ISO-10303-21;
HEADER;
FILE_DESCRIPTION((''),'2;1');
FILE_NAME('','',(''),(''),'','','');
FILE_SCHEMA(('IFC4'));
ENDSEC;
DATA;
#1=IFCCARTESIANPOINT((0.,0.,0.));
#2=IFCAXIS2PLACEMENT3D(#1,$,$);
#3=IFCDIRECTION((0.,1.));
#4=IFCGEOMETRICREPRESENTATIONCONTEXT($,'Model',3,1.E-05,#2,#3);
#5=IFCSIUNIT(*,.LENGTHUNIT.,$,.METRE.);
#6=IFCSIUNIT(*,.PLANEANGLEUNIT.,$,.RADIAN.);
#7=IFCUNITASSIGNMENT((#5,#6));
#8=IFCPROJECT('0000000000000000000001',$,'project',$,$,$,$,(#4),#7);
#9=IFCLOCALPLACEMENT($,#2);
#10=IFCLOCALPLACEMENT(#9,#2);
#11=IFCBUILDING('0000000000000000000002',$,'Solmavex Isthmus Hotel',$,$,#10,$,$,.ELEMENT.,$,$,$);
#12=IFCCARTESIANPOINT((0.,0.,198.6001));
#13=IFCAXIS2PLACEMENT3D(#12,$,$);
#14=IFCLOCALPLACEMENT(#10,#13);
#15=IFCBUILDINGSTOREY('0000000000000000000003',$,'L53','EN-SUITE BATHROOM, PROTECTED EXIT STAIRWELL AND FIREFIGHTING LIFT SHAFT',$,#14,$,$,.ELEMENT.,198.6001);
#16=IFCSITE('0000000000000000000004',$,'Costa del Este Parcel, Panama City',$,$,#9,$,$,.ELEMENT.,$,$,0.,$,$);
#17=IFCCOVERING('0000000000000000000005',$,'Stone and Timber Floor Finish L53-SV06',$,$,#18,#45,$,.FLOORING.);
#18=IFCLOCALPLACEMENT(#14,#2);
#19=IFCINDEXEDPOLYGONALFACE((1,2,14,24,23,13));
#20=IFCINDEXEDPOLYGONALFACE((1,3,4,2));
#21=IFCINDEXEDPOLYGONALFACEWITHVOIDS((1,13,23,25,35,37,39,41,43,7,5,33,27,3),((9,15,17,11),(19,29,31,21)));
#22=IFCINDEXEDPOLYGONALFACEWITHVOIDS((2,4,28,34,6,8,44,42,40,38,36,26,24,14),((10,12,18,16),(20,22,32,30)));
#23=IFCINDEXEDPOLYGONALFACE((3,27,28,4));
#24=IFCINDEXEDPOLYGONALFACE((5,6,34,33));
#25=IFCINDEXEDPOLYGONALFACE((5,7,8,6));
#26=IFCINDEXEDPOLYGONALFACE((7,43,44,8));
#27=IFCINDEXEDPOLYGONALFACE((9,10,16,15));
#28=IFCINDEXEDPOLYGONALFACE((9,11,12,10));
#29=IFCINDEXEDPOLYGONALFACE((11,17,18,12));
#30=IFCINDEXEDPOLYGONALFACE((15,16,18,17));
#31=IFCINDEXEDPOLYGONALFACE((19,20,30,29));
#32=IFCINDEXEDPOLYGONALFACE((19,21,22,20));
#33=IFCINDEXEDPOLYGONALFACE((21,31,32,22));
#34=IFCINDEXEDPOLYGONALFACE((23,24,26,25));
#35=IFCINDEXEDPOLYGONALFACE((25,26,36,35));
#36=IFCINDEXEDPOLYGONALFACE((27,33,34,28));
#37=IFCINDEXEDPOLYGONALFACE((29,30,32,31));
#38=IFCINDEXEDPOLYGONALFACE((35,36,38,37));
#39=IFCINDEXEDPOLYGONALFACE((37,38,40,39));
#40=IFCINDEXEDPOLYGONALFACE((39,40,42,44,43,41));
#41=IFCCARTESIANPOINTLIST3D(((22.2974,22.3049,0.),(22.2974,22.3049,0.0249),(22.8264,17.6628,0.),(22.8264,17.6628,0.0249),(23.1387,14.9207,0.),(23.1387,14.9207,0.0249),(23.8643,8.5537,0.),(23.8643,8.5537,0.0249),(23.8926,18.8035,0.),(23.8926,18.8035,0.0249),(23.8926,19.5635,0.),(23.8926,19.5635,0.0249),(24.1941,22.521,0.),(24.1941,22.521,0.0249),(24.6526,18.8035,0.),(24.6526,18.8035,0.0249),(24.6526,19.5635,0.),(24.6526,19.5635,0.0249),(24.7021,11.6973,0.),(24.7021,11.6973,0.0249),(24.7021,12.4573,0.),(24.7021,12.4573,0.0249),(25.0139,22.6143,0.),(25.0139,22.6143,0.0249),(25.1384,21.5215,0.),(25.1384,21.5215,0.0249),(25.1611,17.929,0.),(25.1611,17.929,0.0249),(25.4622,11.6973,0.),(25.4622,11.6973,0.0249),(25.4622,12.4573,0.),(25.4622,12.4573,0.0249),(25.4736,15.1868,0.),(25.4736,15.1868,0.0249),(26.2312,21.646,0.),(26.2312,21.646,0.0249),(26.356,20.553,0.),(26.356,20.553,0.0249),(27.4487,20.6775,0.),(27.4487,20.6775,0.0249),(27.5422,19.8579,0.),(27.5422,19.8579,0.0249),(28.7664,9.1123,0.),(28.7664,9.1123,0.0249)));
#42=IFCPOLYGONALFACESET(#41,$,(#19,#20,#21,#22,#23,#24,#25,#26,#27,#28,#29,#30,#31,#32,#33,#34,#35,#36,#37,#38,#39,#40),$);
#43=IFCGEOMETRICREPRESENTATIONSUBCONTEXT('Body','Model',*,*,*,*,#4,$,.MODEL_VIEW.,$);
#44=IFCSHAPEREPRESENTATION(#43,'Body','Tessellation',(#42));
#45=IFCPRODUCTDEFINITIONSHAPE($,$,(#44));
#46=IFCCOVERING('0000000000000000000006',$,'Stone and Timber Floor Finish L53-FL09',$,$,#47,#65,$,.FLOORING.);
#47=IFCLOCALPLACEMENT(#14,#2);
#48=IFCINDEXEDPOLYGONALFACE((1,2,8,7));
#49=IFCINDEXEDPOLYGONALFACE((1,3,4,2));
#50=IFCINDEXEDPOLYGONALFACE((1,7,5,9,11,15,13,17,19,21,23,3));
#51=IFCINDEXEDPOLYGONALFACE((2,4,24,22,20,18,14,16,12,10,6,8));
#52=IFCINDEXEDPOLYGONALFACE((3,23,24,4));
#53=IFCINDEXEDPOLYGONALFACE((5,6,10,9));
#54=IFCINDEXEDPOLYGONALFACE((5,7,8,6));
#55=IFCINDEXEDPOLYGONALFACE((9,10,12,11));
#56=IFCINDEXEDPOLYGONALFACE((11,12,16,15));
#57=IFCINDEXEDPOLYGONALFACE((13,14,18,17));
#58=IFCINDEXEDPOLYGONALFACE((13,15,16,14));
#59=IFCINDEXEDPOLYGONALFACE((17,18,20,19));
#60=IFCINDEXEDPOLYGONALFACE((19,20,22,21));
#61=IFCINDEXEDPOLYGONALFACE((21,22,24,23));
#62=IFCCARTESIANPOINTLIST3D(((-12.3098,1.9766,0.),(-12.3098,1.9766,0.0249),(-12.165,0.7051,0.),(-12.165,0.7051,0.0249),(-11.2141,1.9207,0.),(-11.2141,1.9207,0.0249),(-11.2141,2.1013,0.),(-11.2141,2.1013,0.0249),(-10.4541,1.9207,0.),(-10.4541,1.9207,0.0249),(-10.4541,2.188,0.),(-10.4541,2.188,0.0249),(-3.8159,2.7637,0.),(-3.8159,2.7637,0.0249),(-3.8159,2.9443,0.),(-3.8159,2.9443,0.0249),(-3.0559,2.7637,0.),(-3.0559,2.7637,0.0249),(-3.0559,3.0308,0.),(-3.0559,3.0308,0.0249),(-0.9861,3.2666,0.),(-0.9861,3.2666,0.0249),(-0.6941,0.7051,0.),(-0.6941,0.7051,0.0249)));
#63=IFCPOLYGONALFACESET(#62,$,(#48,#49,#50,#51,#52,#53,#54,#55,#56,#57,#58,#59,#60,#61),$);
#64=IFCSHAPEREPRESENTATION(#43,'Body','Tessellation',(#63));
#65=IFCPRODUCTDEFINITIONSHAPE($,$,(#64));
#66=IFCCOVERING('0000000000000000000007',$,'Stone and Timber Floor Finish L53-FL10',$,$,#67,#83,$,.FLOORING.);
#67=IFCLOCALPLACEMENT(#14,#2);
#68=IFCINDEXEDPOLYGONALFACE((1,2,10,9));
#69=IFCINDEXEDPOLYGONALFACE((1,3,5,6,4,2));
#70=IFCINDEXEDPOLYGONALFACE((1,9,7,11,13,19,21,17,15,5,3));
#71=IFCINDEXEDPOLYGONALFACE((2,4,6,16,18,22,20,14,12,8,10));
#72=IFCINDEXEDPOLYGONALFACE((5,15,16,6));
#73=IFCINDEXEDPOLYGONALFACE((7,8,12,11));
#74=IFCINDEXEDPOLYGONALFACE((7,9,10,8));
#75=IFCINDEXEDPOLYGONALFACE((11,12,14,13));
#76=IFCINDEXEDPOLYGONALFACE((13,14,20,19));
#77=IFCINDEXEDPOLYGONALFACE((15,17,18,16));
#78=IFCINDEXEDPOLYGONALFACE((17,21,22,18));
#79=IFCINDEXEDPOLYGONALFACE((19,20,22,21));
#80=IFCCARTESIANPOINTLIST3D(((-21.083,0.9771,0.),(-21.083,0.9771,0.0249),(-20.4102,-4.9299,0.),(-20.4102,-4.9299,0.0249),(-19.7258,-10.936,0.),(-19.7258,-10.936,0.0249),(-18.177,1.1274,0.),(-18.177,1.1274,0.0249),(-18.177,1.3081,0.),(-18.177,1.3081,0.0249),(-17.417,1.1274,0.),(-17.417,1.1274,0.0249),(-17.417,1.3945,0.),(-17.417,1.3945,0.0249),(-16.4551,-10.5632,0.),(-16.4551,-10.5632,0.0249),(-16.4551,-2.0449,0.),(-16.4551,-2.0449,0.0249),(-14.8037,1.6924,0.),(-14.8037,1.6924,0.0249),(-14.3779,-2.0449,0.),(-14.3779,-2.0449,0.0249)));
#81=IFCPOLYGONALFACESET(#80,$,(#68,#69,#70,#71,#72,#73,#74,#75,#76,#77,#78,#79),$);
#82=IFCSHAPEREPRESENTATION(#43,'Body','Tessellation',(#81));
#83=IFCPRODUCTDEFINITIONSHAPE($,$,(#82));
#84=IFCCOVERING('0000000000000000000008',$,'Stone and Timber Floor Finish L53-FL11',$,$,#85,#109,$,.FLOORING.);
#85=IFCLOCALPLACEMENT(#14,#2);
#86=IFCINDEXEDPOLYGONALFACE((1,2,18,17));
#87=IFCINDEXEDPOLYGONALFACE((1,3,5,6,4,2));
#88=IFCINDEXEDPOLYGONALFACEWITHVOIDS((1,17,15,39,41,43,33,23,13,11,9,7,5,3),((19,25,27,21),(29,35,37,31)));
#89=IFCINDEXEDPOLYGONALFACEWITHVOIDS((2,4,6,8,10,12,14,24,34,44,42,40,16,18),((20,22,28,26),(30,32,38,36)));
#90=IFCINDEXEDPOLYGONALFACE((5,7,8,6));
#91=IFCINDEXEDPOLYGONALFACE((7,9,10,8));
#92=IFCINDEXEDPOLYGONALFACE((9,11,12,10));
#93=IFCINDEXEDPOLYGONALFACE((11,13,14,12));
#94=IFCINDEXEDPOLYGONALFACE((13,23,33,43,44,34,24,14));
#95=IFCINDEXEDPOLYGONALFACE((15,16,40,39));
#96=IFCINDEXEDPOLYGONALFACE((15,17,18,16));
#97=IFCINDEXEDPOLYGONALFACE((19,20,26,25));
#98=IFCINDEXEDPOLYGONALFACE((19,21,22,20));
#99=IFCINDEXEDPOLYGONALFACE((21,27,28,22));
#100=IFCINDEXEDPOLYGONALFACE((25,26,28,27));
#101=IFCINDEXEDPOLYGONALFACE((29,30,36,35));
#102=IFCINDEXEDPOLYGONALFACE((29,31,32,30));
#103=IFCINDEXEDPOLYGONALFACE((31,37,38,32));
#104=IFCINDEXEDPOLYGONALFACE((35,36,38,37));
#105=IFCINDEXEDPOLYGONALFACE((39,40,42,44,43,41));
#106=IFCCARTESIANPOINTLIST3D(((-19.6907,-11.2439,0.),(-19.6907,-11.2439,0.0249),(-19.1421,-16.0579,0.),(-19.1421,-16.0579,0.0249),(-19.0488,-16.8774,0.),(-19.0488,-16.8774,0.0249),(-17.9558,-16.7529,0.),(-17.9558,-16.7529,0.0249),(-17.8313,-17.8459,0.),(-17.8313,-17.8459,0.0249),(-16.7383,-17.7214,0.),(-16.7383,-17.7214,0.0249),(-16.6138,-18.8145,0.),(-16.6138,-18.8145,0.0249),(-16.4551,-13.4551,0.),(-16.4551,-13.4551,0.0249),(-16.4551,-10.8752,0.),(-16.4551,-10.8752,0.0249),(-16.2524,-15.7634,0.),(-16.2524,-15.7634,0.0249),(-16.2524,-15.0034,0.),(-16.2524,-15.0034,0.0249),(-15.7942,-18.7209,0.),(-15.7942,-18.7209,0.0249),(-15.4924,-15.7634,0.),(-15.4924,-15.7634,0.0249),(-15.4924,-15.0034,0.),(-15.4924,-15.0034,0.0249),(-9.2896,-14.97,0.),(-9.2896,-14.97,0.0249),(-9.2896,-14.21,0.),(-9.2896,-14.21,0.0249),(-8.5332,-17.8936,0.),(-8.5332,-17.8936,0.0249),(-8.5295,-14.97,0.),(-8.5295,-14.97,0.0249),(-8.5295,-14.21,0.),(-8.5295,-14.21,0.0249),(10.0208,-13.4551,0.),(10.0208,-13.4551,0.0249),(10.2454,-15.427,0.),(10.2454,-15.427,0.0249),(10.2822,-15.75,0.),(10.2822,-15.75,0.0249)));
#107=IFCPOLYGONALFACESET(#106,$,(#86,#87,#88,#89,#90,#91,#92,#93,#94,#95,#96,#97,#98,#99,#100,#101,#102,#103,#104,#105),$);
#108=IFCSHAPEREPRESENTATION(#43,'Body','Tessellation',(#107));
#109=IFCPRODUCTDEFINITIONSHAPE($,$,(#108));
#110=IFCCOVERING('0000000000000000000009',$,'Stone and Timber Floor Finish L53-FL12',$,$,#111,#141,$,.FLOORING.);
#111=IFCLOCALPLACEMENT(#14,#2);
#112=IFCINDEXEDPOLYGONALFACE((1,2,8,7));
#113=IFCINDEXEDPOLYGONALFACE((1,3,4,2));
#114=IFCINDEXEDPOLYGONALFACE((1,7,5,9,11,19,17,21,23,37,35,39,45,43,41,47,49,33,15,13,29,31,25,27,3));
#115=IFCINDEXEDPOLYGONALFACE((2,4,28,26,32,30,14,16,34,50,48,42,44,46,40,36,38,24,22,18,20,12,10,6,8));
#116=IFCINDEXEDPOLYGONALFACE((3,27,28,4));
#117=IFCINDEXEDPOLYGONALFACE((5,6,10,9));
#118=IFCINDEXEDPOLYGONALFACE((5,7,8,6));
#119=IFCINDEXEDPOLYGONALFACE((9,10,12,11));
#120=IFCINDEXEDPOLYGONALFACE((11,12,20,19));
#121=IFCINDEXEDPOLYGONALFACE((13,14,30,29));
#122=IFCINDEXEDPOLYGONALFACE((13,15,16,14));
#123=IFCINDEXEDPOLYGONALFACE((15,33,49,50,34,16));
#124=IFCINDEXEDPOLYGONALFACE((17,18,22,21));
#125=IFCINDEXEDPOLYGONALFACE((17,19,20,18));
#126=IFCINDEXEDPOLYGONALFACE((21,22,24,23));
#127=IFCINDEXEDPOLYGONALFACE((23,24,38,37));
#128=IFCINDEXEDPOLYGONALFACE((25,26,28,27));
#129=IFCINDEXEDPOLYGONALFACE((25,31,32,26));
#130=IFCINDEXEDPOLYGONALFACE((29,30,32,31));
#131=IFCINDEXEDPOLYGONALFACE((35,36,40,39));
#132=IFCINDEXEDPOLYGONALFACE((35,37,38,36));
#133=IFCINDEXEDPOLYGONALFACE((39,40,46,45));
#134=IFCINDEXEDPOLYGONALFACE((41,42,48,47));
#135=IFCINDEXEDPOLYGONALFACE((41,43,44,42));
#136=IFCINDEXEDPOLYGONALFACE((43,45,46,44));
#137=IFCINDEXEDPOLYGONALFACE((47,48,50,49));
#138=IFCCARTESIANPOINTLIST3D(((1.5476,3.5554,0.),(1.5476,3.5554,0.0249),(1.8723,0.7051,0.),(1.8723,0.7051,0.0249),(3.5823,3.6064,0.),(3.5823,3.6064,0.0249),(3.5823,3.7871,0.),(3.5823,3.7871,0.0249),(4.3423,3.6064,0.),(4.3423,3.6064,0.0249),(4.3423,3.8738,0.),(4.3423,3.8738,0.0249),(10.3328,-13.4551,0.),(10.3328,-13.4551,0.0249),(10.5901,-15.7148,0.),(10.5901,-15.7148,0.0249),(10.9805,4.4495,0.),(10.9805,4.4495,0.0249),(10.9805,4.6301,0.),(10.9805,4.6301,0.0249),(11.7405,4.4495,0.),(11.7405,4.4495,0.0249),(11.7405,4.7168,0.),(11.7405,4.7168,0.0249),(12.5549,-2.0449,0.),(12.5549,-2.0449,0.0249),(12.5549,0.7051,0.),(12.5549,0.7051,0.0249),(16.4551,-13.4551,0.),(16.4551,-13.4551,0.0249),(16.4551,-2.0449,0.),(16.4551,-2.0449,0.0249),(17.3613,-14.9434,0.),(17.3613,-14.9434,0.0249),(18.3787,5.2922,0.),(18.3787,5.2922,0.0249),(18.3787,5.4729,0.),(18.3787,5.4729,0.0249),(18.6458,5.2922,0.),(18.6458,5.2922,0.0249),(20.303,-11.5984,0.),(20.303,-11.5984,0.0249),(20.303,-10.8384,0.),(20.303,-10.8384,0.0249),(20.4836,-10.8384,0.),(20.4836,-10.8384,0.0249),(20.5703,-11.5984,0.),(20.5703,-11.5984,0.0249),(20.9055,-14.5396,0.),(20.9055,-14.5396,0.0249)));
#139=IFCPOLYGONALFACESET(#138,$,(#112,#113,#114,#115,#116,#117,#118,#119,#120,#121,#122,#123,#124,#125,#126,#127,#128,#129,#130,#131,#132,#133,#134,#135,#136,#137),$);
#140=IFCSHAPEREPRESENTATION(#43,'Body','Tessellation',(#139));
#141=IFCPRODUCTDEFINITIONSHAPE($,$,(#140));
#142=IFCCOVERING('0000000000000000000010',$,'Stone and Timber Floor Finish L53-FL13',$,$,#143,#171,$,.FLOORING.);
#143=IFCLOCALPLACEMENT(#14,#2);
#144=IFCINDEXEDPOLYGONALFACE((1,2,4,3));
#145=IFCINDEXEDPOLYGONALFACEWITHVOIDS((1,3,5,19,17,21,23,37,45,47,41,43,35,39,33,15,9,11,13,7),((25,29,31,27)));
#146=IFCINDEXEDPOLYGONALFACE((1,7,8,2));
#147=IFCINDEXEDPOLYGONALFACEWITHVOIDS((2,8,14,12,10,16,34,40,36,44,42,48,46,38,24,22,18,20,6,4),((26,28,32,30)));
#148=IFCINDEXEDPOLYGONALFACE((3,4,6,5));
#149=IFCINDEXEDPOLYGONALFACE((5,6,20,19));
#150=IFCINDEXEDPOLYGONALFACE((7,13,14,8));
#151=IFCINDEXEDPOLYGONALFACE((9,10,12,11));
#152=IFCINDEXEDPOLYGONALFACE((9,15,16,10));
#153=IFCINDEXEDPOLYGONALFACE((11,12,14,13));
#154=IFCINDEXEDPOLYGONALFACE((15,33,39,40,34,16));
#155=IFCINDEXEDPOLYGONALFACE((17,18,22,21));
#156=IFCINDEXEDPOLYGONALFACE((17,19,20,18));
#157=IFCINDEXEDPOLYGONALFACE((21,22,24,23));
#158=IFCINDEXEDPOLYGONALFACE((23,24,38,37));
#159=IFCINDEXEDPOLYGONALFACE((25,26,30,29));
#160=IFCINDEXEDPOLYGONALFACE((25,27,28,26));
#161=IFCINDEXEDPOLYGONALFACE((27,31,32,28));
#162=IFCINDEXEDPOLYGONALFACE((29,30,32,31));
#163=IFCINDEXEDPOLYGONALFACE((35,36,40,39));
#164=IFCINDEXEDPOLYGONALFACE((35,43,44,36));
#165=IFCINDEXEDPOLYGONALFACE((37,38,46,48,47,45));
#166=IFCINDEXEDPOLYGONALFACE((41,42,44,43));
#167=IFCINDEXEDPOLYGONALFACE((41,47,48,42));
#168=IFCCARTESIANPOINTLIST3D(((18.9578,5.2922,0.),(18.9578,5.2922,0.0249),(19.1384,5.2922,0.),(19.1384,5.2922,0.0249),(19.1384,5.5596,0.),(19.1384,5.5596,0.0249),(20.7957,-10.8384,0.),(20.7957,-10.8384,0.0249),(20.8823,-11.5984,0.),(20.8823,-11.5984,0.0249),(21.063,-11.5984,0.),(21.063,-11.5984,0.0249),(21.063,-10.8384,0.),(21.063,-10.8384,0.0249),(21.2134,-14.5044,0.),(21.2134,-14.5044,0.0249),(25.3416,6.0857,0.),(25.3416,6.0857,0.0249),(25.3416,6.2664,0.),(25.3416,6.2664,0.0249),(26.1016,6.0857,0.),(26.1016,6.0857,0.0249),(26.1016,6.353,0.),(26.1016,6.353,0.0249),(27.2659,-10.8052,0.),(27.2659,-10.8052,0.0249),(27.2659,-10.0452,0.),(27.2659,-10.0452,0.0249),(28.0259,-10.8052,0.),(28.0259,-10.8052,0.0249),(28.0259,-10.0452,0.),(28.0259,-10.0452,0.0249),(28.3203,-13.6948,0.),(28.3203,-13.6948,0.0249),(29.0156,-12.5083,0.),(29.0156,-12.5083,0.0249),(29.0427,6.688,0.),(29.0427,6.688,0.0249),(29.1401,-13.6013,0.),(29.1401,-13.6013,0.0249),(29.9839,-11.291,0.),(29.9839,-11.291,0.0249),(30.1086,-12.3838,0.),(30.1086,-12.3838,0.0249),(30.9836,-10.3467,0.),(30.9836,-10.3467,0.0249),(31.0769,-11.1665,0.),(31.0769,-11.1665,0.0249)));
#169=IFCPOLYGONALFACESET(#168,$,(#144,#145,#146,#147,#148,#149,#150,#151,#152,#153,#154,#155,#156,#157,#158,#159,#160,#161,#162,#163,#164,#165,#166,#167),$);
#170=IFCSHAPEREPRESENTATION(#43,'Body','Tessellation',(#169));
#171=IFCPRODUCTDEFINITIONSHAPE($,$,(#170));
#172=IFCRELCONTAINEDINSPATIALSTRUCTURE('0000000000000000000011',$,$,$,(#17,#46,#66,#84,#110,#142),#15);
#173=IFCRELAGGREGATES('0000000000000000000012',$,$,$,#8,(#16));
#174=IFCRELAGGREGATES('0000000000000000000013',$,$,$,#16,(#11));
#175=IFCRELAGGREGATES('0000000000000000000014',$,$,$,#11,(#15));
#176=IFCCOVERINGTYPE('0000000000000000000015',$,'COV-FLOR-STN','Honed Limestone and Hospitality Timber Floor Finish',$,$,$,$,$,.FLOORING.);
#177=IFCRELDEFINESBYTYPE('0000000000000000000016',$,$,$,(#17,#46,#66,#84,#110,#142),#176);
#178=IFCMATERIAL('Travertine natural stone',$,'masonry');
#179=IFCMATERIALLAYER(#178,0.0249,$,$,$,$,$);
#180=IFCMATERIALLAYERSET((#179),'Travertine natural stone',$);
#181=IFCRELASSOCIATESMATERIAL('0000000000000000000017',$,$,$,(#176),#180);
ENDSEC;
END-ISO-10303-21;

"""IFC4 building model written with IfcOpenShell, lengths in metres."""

from ifc_helpers import new_model, si_unit, direction, frame, origin, place, context, subcontext, project, spatial, polyline, outline, extrude, material, layer, layer_set, type_object, element, save


model = new_model("IFC4")

# Units and contexts
model_context = context("Model", 3, precision=1e-05, world=origin(), true_north=direction((0.0, 1.0)))
body_context = subcontext(model_context, "Body", "Model", "MODEL_VIEW")
ifc_project = project(units=[si_unit("LENGTHUNIT", "METRE"), si_unit("PLANEANGLEUNIT", "RADIAN")], contexts=[model_context])

# Site, building, storey
site_placement = place(None, origin())
site = spatial("IfcSite", under=ifc_project, at=site_placement, Name="Costa del Este Parcel, Panama City", CompositionType="ELEMENT", RefElevation=0.0)
building_placement = place(site_placement, origin())
building = spatial("IfcBuilding", under=site, at=building_placement, Name="Solmavex Isthmus Hotel", CompositionType="ELEMENT")
storey_placement = place(building_placement, frame((0.0, 0.0, 198.6001)))
storey = spatial("IfcBuildingStorey", under=building, at=storey_placement, Name="L53", Description="EN-SUITE BATHROOM, PROTECTED EXIT STAIRWELL AND FIREFIGHTING LIFT SHAFT", CompositionType="ELEMENT", Elevation=198.6001)

# Coverings
ifc_material_1 = material(Name="Travertine natural stone", Category="masonry")
ifc_layer_1 = layer(ifc_material_1, 0.0249)
ifc_layer_set_1 = layer_set([ifc_layer_1], Name="Travertine natural stone")
covering_type_1 = type_object("IfcCoveringType", Name="COV-FLOR-STN", Description="Honed Limestone and Hospitality Timber Floor Finish", PredefinedType="FLOORING", material=ifc_layer_set_1)
covering_1_placement = place(storey_placement, origin())
element("IfcCovering", 1, at=covering_1_placement, inside=storey, type_object=covering_type_1, Name="Stone and Timber Floor Finish L53-SV06", PredefinedType="FLOORING", context=body_context, shape_type="SweptSolid", body=[
    extrude(outline(polyline([(25.1384, 21.5215), (25.0139, 22.6143), (24.1941, 22.521), (22.2974, 22.3049), (22.8264, 17.6628), (25.1611, 17.929), (25.4736, 15.1868), (23.1387, 14.9207), (23.8643, 8.5537), (28.7664, 9.1123), (27.5422, 19.8579), (27.4487, 20.6775), (26.356, 20.553), (26.2312, 21.646), (25.1384, 21.5215)]), holes=[polyline([(24.7021, 11.6973), (24.7021, 12.4573), (25.4622, 12.4573), (25.4622, 11.6973), (24.7021, 11.6973)]), polyline([(23.8926, 19.5635), (24.6526, 19.5635), (24.6526, 18.8035), (23.8926, 18.8035), (23.8926, 19.5635)])]), origin(), (0.0, 0.0, 1.0), 0.0249),
])
covering_2_placement = place(storey_placement, origin())
element("IfcCovering", 2, at=covering_2_placement, inside=storey, type_object=covering_type_1, Name="Stone and Timber Floor Finish L53-FL09", PredefinedType="FLOORING", context=body_context, shape_type="SweptSolid", body=[
    extrude(outline(polyline([(-10.4541, 2.188), (-10.4541, 1.9207), (-11.2141, 1.9207), (-11.2141, 2.1013), (-12.3098, 1.9766), (-12.165, 0.7051), (-0.6941, 0.7051), (-0.9861, 3.2666), (-3.0559, 3.0308), (-3.0559, 2.7637), (-3.8159, 2.7637), (-3.8159, 2.9443), (-10.4541, 2.188)])), origin(), (0.0, 0.0, 1.0), 0.0249),
])
covering_3_placement = place(storey_placement, origin())
element("IfcCovering", 3, at=covering_3_placement, inside=storey, type_object=covering_type_1, Name="Stone and Timber Floor Finish L53-FL10", PredefinedType="FLOORING", context=body_context, shape_type="SweptSolid", body=[
    extrude(outline(polyline([(-17.417, 1.3945), (-17.417, 1.1274), (-18.177, 1.1274), (-18.177, 1.3081), (-21.083, 0.9771), (-20.4102, -4.9299), (-19.7258, -10.936), (-16.4551, -10.5632), (-16.4551, -2.0449), (-14.3779, -2.0449), (-14.8037, 1.6924), (-17.417, 1.3945)])), origin(), (0.0, 0.0, 1.0), 0.0249),
])
covering_4_placement = place(storey_placement, origin())
element("IfcCovering", 4, at=covering_4_placement, inside=storey, type_object=covering_type_1, Name="Stone and Timber Floor Finish L53-FL11", PredefinedType="FLOORING", context=body_context, shape_type="SweptSolid", body=[
    extrude(outline(polyline([(-8.5332, -17.8936), (10.2822, -15.75), (10.2454, -15.427), (10.0208, -13.4551), (-16.4551, -13.4551), (-16.4551, -10.8752), (-19.6907, -11.2439), (-19.1421, -16.0579), (-19.0488, -16.8774), (-17.9558, -16.7529), (-17.8313, -17.8459), (-16.7383, -17.7214), (-16.6138, -18.8145), (-15.7942, -18.7209), (-8.5332, -17.8936)]), holes=[polyline([(-9.2896, -14.97), (-9.2896, -14.21), (-8.5295, -14.21), (-8.5295, -14.97), (-9.2896, -14.97)]), polyline([(-16.2524, -15.7634), (-16.2524, -15.0034), (-15.4924, -15.0034), (-15.4924, -15.7634), (-16.2524, -15.7634)])]), origin(), (0.0, 0.0, 1.0), 0.0249),
])
covering_5_placement = place(storey_placement, origin())
element("IfcCovering", 5, at=covering_5_placement, inside=storey, type_object=covering_type_1, Name="Stone and Timber Floor Finish L53-FL12", PredefinedType="FLOORING", context=body_context, shape_type="SweptSolid", body=[
    extrude(outline(polyline([(4.3423, 3.8738), (4.3423, 3.6064), (3.5823, 3.6064), (3.5823, 3.7871), (1.5476, 3.5554), (1.8723, 0.7051), (12.5549, 0.7051), (12.5549, -2.0449), (16.4551, -2.0449), (16.4551, -13.4551), (10.3328, -13.4551), (10.5901, -15.7148), (17.3613, -14.9434), (20.9055, -14.5396), (20.5703, -11.5984), (20.303, -11.5984), (20.303, -10.8384), (20.4836, -10.8384), (18.6458, 5.2922), (18.3787, 5.2922), (18.3787, 5.4729), (11.7405, 4.7168), (11.7405, 4.4495), (10.9805, 4.4495), (10.9805, 4.6301), (4.3423, 3.8738)])), origin(), (0.0, 0.0, 1.0), 0.0249),
])
covering_6_placement = place(storey_placement, origin())
element("IfcCovering", 6, at=covering_6_placement, inside=storey, type_object=covering_type_1, Name="Stone and Timber Floor Finish L53-FL13", PredefinedType="FLOORING", context=body_context, shape_type="SweptSolid", body=[
    extrude(outline(polyline([(20.7957, -10.8384), (21.063, -10.8384), (21.063, -11.5984), (20.8823, -11.5984), (21.2134, -14.5044), (28.3203, -13.6948), (29.1401, -13.6013), (29.0156, -12.5083), (30.1086, -12.3838), (29.9839, -11.291), (31.0769, -11.1665), (30.9836, -10.3467), (29.0427, 6.688), (26.1016, 6.353), (26.1016, 6.0857), (25.3416, 6.0857), (25.3416, 6.2664), (19.1384, 5.5596), (19.1384, 5.2922), (18.9578, 5.2922), (20.7957, -10.8384)]), holes=[polyline([(27.2659, -10.8052), (27.2659, -10.0452), (28.0259, -10.0452), (28.0259, -10.8052), (27.2659, -10.8052)])]), origin(), (0.0, 0.0, 1.0), 0.0249),
])

save(model, "model.ifc")
